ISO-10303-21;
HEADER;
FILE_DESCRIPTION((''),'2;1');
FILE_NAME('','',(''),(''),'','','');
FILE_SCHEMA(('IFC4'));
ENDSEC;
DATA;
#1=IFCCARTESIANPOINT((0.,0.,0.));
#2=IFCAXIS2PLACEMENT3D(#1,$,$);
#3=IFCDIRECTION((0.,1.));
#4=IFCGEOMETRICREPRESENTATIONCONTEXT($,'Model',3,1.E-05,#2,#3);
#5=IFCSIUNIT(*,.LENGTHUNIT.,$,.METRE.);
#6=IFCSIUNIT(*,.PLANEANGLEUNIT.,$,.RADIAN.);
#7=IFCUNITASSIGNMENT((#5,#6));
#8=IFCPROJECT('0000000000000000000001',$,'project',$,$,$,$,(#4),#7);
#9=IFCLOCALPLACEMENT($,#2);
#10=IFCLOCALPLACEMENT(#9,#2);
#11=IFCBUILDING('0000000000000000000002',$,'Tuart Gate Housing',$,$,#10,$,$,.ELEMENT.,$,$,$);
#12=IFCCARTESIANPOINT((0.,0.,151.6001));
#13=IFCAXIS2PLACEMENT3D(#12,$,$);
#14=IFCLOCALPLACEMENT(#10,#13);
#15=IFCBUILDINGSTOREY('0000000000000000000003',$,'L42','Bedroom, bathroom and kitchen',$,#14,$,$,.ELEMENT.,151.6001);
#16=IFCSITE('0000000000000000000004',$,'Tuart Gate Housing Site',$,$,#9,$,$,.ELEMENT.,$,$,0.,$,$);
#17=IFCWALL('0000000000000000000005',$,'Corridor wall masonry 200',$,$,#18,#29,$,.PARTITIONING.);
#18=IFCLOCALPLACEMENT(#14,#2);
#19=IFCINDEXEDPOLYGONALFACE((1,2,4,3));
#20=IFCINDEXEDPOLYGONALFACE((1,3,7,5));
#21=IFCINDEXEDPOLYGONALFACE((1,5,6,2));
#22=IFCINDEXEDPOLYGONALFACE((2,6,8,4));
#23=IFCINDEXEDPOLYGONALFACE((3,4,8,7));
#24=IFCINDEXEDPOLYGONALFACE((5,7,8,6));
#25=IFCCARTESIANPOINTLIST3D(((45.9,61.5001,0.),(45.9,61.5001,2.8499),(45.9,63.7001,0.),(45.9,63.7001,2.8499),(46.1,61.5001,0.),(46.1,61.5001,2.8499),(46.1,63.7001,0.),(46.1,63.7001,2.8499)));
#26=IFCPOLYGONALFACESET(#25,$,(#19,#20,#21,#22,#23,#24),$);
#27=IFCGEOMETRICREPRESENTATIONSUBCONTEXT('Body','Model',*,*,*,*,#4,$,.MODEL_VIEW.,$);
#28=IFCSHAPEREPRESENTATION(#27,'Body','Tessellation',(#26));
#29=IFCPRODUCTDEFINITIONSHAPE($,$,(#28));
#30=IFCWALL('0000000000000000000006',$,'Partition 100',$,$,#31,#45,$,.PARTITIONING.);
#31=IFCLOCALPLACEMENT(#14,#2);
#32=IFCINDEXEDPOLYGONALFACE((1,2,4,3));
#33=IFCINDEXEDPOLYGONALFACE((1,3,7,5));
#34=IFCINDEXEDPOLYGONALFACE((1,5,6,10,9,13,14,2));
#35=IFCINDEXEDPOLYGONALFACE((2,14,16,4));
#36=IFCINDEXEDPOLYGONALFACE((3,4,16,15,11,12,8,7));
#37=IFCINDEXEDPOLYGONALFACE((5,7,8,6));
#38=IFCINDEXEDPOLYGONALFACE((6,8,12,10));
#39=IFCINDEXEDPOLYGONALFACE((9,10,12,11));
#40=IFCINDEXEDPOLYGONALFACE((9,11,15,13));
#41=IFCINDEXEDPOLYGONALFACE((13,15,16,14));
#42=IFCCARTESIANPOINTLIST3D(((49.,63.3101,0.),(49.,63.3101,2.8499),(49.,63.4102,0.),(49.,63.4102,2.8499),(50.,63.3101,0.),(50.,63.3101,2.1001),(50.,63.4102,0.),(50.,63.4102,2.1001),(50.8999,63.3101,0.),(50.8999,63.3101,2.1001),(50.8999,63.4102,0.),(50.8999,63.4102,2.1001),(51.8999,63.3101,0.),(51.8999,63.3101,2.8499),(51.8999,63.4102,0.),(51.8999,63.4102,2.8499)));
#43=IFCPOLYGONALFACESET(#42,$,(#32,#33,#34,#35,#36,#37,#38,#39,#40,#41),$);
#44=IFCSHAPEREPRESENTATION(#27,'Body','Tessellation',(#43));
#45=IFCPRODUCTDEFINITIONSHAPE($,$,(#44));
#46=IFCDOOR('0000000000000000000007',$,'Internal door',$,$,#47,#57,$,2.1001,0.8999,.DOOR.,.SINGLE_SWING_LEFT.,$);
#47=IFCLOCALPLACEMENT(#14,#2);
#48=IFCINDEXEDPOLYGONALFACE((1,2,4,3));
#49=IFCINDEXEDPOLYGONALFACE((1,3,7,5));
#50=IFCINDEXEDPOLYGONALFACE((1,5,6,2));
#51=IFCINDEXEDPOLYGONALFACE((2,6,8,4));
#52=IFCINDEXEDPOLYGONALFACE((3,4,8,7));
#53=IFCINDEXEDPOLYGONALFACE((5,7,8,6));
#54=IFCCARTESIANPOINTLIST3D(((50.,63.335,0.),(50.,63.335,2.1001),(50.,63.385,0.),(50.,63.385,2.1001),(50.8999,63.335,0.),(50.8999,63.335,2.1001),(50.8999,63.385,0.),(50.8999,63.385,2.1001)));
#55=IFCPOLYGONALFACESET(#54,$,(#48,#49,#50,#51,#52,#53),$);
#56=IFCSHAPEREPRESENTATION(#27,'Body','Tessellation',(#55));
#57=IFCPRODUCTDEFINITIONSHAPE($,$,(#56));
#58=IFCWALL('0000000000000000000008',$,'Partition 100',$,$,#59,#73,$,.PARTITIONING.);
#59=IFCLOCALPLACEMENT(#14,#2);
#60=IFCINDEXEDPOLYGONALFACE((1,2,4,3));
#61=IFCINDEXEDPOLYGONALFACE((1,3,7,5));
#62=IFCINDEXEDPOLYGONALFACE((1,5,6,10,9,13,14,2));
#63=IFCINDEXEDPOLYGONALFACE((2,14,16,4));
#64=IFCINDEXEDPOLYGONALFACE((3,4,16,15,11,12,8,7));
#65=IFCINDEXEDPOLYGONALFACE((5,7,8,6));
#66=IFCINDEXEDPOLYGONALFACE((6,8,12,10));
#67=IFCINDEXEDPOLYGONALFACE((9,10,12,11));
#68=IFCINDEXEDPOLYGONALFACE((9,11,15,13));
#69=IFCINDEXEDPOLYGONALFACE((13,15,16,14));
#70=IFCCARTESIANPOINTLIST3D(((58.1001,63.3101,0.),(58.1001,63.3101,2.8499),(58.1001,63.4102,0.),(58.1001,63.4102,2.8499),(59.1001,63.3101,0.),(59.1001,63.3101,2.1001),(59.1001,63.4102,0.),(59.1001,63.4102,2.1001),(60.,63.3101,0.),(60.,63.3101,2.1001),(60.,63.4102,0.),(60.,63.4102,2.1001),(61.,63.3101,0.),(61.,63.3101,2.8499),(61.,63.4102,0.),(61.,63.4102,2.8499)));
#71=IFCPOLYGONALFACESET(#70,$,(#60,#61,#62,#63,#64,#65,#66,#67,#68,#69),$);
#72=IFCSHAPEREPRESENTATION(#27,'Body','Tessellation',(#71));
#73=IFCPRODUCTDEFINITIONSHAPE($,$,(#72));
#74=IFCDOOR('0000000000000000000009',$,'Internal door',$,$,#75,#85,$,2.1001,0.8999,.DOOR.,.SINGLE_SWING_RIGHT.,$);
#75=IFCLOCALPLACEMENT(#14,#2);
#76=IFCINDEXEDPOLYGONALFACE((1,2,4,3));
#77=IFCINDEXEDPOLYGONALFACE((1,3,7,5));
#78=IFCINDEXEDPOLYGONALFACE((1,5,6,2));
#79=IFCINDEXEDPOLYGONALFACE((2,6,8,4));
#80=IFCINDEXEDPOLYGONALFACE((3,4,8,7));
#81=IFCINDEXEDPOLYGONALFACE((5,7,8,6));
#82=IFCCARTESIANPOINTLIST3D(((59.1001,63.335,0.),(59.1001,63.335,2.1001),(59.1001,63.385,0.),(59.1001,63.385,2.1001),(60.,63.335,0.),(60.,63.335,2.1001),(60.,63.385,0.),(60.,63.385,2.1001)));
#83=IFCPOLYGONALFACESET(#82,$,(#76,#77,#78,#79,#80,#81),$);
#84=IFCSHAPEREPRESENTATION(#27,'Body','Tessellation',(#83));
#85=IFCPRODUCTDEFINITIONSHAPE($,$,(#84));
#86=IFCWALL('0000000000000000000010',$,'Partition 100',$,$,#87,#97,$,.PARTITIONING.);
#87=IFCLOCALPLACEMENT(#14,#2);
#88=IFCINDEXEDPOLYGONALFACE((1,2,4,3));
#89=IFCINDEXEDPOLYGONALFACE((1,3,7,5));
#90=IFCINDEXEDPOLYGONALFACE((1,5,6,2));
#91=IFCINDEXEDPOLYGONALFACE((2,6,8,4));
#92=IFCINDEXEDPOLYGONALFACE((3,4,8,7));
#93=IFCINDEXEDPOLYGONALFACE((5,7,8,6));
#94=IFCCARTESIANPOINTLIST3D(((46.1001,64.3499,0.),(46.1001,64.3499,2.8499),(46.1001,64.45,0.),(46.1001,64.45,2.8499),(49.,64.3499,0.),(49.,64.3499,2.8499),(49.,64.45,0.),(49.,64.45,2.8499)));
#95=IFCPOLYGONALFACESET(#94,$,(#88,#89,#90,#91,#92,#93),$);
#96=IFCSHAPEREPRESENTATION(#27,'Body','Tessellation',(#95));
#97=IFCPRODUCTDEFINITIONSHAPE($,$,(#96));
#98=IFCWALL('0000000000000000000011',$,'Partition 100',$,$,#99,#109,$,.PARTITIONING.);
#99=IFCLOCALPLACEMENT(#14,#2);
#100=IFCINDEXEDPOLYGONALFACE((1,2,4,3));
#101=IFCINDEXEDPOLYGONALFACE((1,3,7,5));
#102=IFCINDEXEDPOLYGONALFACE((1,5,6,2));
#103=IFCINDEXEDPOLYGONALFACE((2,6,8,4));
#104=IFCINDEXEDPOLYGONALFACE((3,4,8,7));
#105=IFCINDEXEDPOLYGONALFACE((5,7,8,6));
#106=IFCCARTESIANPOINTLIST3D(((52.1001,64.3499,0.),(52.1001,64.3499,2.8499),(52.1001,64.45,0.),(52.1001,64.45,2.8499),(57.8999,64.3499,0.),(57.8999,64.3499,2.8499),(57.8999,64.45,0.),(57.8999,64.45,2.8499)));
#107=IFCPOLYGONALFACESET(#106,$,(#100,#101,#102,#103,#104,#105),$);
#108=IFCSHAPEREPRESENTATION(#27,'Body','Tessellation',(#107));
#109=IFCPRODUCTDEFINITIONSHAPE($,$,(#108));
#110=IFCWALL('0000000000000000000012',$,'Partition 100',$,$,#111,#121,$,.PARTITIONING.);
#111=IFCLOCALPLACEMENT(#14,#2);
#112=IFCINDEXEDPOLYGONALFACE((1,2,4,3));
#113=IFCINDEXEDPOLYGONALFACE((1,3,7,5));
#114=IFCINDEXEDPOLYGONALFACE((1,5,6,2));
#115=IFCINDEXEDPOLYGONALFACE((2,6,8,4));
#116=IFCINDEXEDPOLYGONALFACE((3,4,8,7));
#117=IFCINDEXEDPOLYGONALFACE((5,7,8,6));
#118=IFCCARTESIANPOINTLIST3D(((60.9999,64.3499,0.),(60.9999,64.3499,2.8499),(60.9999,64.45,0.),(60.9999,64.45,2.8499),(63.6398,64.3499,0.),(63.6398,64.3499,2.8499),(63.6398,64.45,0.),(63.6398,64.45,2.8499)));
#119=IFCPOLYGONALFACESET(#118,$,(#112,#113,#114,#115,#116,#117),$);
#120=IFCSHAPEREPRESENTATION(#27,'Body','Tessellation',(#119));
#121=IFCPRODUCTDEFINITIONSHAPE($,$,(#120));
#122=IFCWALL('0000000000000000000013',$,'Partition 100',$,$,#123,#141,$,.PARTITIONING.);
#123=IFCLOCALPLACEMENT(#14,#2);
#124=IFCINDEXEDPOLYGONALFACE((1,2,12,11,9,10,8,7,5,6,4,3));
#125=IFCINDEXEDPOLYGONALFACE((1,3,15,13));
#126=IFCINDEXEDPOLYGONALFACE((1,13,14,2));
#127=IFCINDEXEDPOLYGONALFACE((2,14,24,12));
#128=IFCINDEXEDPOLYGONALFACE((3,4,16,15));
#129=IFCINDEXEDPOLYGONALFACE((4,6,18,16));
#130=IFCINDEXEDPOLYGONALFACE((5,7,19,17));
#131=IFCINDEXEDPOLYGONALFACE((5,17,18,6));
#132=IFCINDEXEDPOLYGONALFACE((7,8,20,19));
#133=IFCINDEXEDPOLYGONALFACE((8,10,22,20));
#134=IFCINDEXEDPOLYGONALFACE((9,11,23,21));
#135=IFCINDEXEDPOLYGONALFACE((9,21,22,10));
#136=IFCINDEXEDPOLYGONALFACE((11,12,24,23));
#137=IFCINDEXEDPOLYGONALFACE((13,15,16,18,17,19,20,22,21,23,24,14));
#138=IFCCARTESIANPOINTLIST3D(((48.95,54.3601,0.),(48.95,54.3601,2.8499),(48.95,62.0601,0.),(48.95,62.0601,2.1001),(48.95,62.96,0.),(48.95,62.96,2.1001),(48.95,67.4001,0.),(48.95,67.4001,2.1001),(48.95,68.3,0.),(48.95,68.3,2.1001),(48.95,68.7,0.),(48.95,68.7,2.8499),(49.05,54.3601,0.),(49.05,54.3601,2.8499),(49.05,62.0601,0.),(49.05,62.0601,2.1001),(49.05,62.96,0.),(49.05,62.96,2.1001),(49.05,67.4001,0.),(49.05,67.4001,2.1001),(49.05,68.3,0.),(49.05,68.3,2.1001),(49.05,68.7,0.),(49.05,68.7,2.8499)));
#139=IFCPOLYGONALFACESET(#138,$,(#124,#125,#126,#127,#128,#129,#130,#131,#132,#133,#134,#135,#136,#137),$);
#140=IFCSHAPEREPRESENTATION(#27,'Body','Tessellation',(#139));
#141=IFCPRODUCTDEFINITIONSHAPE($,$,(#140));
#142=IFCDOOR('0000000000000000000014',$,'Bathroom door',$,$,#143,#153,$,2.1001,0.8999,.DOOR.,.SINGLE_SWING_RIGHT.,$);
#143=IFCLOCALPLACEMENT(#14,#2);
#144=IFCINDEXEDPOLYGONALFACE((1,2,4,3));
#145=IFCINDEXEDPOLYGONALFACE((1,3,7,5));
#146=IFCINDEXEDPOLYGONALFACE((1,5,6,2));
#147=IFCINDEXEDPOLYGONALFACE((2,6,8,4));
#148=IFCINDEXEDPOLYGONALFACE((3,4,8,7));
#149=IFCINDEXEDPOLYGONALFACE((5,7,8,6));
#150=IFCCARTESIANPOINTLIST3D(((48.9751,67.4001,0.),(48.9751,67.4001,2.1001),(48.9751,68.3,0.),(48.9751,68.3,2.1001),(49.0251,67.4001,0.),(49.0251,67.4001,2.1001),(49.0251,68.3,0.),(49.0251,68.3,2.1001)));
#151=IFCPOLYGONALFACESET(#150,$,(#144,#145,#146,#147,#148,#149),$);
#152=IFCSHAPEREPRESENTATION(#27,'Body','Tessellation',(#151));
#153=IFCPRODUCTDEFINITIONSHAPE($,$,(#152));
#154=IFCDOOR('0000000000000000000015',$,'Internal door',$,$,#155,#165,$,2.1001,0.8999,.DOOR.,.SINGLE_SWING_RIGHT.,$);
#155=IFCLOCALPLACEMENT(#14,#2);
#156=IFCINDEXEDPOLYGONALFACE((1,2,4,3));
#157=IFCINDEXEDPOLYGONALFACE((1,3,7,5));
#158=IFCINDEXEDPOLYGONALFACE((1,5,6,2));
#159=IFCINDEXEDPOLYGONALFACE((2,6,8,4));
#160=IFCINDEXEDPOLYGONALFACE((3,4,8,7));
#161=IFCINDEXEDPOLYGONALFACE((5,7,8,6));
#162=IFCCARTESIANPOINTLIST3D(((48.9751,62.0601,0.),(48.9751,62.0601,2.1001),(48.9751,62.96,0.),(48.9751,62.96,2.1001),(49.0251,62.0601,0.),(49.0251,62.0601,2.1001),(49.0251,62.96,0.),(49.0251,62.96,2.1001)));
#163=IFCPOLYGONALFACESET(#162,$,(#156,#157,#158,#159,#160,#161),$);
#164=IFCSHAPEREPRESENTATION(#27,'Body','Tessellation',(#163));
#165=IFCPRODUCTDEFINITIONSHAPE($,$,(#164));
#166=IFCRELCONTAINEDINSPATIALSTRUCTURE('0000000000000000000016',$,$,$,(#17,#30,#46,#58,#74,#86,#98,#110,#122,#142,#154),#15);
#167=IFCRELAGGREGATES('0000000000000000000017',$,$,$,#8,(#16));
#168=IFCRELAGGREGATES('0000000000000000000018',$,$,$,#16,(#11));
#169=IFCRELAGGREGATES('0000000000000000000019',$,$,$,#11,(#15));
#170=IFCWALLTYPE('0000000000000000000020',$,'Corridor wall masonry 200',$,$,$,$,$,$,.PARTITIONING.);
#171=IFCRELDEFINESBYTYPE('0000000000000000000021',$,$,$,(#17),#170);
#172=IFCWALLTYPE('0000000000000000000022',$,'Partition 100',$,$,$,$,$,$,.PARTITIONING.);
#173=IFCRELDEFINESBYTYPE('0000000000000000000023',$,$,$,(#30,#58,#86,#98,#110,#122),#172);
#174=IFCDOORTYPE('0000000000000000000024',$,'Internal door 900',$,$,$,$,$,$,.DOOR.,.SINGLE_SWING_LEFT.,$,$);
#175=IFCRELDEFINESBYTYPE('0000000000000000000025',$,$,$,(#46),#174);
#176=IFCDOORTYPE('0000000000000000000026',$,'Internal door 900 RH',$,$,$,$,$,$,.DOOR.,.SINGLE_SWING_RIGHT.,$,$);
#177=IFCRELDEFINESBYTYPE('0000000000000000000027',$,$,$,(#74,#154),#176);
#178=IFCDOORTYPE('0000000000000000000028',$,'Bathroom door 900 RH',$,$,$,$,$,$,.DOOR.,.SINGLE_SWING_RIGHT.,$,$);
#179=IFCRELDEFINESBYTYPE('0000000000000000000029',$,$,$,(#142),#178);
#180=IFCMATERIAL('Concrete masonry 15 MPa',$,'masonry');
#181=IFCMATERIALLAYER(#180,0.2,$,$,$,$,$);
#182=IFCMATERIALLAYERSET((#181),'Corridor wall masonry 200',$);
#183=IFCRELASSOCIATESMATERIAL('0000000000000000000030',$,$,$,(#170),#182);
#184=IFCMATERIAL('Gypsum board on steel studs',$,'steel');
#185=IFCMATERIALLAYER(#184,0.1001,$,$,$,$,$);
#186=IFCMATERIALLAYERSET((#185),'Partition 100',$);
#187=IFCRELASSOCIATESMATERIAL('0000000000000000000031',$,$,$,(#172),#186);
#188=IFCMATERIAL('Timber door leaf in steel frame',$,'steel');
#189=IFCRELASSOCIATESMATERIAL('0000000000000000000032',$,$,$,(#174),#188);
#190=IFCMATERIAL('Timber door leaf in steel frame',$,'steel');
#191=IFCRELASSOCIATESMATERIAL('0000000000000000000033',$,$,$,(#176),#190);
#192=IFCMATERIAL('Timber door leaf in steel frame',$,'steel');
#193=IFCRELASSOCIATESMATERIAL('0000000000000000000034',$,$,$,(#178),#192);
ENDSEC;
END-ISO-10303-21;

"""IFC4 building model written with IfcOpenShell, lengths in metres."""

from ifc_helpers import new_model, si_unit, direction, frame, frame_2d, origin, place, context, subcontext, project, spatial, rectangle, extrude, material, layer, layer_set, type_object, element, fill, save


model = new_model("IFC4")

# Units and contexts
model_context = context("Model", 3, precision=1e-05, world=origin(), true_north=direction((0.0, 1.0)))
body_context = subcontext(model_context, "Body", "Model", "MODEL_VIEW")
ifc_project = project(units=[si_unit("LENGTHUNIT", "METRE"), si_unit("PLANEANGLEUNIT", "RADIAN")], contexts=[model_context])

# Site, building, storey
site_placement = place(None, origin())
site = spatial("IfcSite", under=ifc_project, at=site_placement, Name="Tuart Gate Housing Site", CompositionType="ELEMENT", RefElevation=0.0)
building_placement = place(site_placement, origin())
building = spatial("IfcBuilding", under=site, at=building_placement, Name="Tuart Gate Housing", CompositionType="ELEMENT")
storey_placement = place(building_placement, frame((0.0, 0.0, 151.6001)))
storey = spatial("IfcBuildingStorey", under=building, at=storey_placement, Name="L42", Description="Bedroom, bathroom and kitchen", CompositionType="ELEMENT", Elevation=151.6001)

# Wall
ifc_material_1 = material(Name="Concrete masonry 15 MPa", Category="masonry")
ifc_layer_1 = layer(ifc_material_1, 0.2)
ifc_layer_set_1 = layer_set([ifc_layer_1], Name="Corridor wall masonry 200")
wall_type_1 = type_object("IfcWallType", Name="Corridor wall masonry 200", PredefinedType="PARTITIONING", material=ifc_layer_set_1)
wall_1_placement = place(storey_placement, frame((46.0, 61.5, 0.0), z_axis=(0.0, 0.0, 1.0), x_axis=(0.0, 1.0, 0.0)))
element("IfcWall", 1, at=wall_1_placement, inside=storey, type_object=wall_type_1, Name="Corridor wall masonry 200", PredefinedType="PARTITIONING", context=body_context, shape_type="SweptSolid", body=[
    extrude(rectangle(XDim=2.2, YDim=0.2, at=frame_2d((1.1001, 0.0))), origin(), (0.0, 0.0, 1.0), 2.8499),
])

# Walls, openings, doors
ifc_material_2 = material(Name="Gypsum board on steel studs", Category="steel")
ifc_layer_2 = layer(ifc_material_2, 0.1001)
ifc_layer_set_2 = layer_set([ifc_layer_2], Name="Partition 100")
wall_type_2 = type_object("IfcWallType", Name="Partition 100", PredefinedType="PARTITIONING", material=ifc_layer_set_2)
wall_2_placement = place(storey_placement, frame((49.0, 63.3601, 0.0), z_axis=(0.0, 0.0, 1.0), x_axis=(1.0, 0.0, 0.0)))
wall_2 = element("IfcWall", 2, at=wall_2_placement, inside=storey, type_object=wall_type_2, Name="Partition 100", PredefinedType="PARTITIONING", context=body_context, shape_type="SweptSolid", body=[
    extrude(rectangle(XDim=2.8999, YDim=0.1001, at=frame_2d((1.45, 0.0))), origin(), (0.0, 0.0, 1.0), 2.8499),
])
opening_1_placement = place(wall_2_placement, frame((1.0, 0.0, 0.0)))
opening_1 = element("IfcOpeningElement", 3, at=opening_1_placement, cuts=wall_2, PredefinedType="OPENING", context=body_context, shape_type="SweptSolid", body=[
    extrude(rectangle(XDim=0.8999, YDim=2.1001, at=frame_2d((0.45, 1.05))), frame((0.0, 0.0601, 0.0), z_axis=(0.0, -1.0, 0.0), x_axis=(1.0, 0.0, 0.0)), (0.0, 0.0, 1.0), 0.1201),
])
ifc_material_3 = material(Name="Timber door leaf in steel frame", Category="steel")
door_type_1 = type_object("IfcDoorType", Name="Internal door 900", OperationType="SINGLE_SWING_LEFT", PredefinedType="DOOR", material=ifc_material_3)
door_1_placement = place(opening_1_placement, origin())
door_1 = element("IfcDoor", 4, at=door_1_placement, inside=storey, type_object=door_type_1, Name="Internal door", OperationType="SINGLE_SWING_LEFT", OverallHeight=2.1001, OverallWidth=0.8999, PredefinedType="DOOR", context=body_context, shape_type="SweptSolid", body=[
    extrude(rectangle(XDim=0.8999, YDim=2.1001, at=frame_2d((0.45, 1.05))), frame((0.0, 0.0249, 0.0), z_axis=(0.0, -1.0, 0.0), x_axis=(1.0, 0.0, 0.0)), (0.0, 0.0, 1.0), 0.05),
])
fill(opening_1, door_1)
wall_3_placement = place(storey_placement, frame((58.1001, 63.3601, 0.0), z_axis=(0.0, 0.0, 1.0), x_axis=(1.0, 0.0, 0.0)))
wall_3 = element("IfcWall", 5, at=wall_3_placement, inside=storey, type_object=wall_type_2, Name="Partition 100", PredefinedType="PARTITIONING", context=body_context, shape_type="SweptSolid", body=[
    extrude(rectangle(XDim=2.8999, YDim=0.1001, at=frame_2d((1.45, 0.0))), origin(), (0.0, 0.0, 1.0), 2.8499),
])
opening_2_placement = place(wall_3_placement, frame((1.0, 0.0, 0.0)))
opening_2 = element("IfcOpeningElement", 6, at=opening_2_placement, cuts=wall_3, PredefinedType="OPENING", context=body_context, shape_type="SweptSolid", body=[
    extrude(rectangle(XDim=0.8999, YDim=2.1001, at=frame_2d((0.45, 1.05))), frame((0.0, 0.0601, 0.0), z_axis=(0.0, -1.0, 0.0), x_axis=(1.0, 0.0, 0.0)), (0.0, 0.0, 1.0), 0.1201),
])
ifc_material_4 = material(Name="Timber door leaf in steel frame", Category="steel")
door_type_2 = type_object("IfcDoorType", Name="Internal door 900 RH", OperationType="SINGLE_SWING_RIGHT", PredefinedType="DOOR", material=ifc_material_4)
door_2_placement = place(opening_2_placement, origin())
door_2 = element("IfcDoor", 7, at=door_2_placement, inside=storey, type_object=door_type_2, Name="Internal door", OperationType="SINGLE_SWING_RIGHT", OverallHeight=2.1001, OverallWidth=0.8999, PredefinedType="DOOR", context=body_context, shape_type="SweptSolid", body=[
    extrude(rectangle(XDim=0.8999, YDim=2.1001, at=frame_2d((0.45, 1.05))), frame((0.0, 0.0249, 0.0), z_axis=(0.0, -1.0, 0.0), x_axis=(1.0, 0.0, 0.0)), (0.0, 0.0, 1.0), 0.05),
])
fill(opening_2, door_2)

# Walls
wall_4_placement = place(storey_placement, frame((46.1001, 64.3999, 0.0), z_axis=(0.0, 0.0, 1.0), x_axis=(1.0, 0.0, 0.0)))
element("IfcWall", 8, at=wall_4_placement, inside=storey, type_object=wall_type_2, Name="Partition 100", PredefinedType="PARTITIONING", context=body_context, shape_type="SweptSolid", body=[
    extrude(rectangle(XDim=2.8999, YDim=0.1001, at=frame_2d((1.45, 0.0))), origin(), (0.0, 0.0, 1.0), 2.8499),
])
wall_5_placement = place(storey_placement, frame((52.1001, 64.3999, 0.0), z_axis=(0.0, 0.0, 1.0), x_axis=(1.0, 0.0, 0.0)))
element("IfcWall", 9, at=wall_5_placement, inside=storey, type_object=wall_type_2, Name="Partition 100", PredefinedType="PARTITIONING", context=body_context, shape_type="SweptSolid", body=[
    extrude(rectangle(XDim=5.7998, YDim=0.1001, at=frame_2d((2.8999, 0.0))), origin(), (0.0, 0.0, 1.0), 2.8499),
])
wall_6_placement = place(storey_placement, frame((61.0, 64.3999, 0.0), z_axis=(0.0, 0.0, 1.0), x_axis=(1.0, 0.0, 0.0)))
element("IfcWall", 10, at=wall_6_placement, inside=storey, type_object=wall_type_2, Name="Partition 100", PredefinedType="PARTITIONING", context=body_context, shape_type="SweptSolid", body=[
    extrude(rectangle(XDim=2.6399, YDim=0.1001, at=frame_2d((1.3198, 0.0))), origin(), (0.0, 0.0, 1.0), 2.8499),
])

# Wall, openings, doors
wall_7_placement = place(storey_placement, frame((49.0, 54.3601, 0.0), z_axis=(0.0, 0.0, 1.0), x_axis=(0.0, 1.0, 0.0)))
wall_7 = element("IfcWall", 11, at=wall_7_placement, inside=storey, type_object=wall_type_2, Name="Partition 100", PredefinedType="PARTITIONING", context=body_context, shape_type="SweptSolid", body=[
    extrude(rectangle(XDim=14.3398, YDim=0.1001, at=frame_2d((7.1699, 0.0))), origin(), (0.0, 0.0, 1.0), 2.8499),
])
opening_3_placement = place(wall_7_placement, frame((7.7, 0.0, 0.0)))
opening_3 = element("IfcOpeningElement", 12, at=opening_3_placement, cuts=wall_7, PredefinedType="OPENING", context=body_context, shape_type="SweptSolid", body=[
    extrude(rectangle(XDim=0.8999, YDim=2.1001, at=frame_2d((0.45, 1.05))), frame((0.0, 0.0601, 0.0), z_axis=(0.0, -1.0, 0.0), x_axis=(1.0, 0.0, 0.0)), (0.0, 0.0, 1.0), 0.1201),
])
opening_4_placement = place(wall_7_placement, frame((13.04, 0.0, 0.0)))
opening_4 = element("IfcOpeningElement", 13, at=opening_4_placement, cuts=wall_7, PredefinedType="OPENING", context=body_context, shape_type="SweptSolid", body=[
    extrude(rectangle(XDim=0.8999, YDim=2.1001, at=frame_2d((0.45, 1.05))), frame((0.0, 0.0601, 0.0), z_axis=(0.0, -1.0, 0.0), x_axis=(1.0, 0.0, 0.0)), (0.0, 0.0, 1.0), 0.1201),
])
ifc_material_5 = material(Name="Timber door leaf in steel frame", Category="steel")
door_type_3 = type_object("IfcDoorType", Name="Bathroom door 900 RH", OperationType="SINGLE_SWING_RIGHT", PredefinedType="DOOR", material=ifc_material_5)
door_3_placement = place(opening_4_placement, origin())
door_3 = element("IfcDoor", 14, at=door_3_placement, inside=storey, type_object=door_type_3, Name="Bathroom door", OperationType="SINGLE_SWING_RIGHT", OverallHeight=2.1001, OverallWidth=0.8999, PredefinedType="DOOR", context=body_context, shape_type="SweptSolid", body=[
    extrude(rectangle(XDim=0.8999, YDim=2.1001, at=frame_2d((0.45, 1.05))), frame((0.0, 0.0249, 0.0), z_axis=(0.0, -1.0, 0.0), x_axis=(1.0, 0.0, 0.0)), (0.0, 0.0, 1.0), 0.05),
])
fill(opening_4, door_3)
door_4_placement = place(opening_3_placement, origin())
door_4 = element("IfcDoor", 15, at=door_4_placement, inside=storey, type_object=door_type_2, Name="Internal door", OperationType="SINGLE_SWING_RIGHT", OverallHeight=2.1001, OverallWidth=0.8999, PredefinedType="DOOR", context=body_context, shape_type="SweptSolid", body=[
    extrude(rectangle(XDim=0.8999, YDim=2.1001, at=frame_2d((0.45, 1.05))), frame((0.0, 0.0249, 0.0), z_axis=(0.0, -1.0, 0.0), x_axis=(1.0, 0.0, 0.0)), (0.0, 0.0, 1.0), 0.05),
])
fill(opening_3, door_4)

save(model, "model.ifc")
